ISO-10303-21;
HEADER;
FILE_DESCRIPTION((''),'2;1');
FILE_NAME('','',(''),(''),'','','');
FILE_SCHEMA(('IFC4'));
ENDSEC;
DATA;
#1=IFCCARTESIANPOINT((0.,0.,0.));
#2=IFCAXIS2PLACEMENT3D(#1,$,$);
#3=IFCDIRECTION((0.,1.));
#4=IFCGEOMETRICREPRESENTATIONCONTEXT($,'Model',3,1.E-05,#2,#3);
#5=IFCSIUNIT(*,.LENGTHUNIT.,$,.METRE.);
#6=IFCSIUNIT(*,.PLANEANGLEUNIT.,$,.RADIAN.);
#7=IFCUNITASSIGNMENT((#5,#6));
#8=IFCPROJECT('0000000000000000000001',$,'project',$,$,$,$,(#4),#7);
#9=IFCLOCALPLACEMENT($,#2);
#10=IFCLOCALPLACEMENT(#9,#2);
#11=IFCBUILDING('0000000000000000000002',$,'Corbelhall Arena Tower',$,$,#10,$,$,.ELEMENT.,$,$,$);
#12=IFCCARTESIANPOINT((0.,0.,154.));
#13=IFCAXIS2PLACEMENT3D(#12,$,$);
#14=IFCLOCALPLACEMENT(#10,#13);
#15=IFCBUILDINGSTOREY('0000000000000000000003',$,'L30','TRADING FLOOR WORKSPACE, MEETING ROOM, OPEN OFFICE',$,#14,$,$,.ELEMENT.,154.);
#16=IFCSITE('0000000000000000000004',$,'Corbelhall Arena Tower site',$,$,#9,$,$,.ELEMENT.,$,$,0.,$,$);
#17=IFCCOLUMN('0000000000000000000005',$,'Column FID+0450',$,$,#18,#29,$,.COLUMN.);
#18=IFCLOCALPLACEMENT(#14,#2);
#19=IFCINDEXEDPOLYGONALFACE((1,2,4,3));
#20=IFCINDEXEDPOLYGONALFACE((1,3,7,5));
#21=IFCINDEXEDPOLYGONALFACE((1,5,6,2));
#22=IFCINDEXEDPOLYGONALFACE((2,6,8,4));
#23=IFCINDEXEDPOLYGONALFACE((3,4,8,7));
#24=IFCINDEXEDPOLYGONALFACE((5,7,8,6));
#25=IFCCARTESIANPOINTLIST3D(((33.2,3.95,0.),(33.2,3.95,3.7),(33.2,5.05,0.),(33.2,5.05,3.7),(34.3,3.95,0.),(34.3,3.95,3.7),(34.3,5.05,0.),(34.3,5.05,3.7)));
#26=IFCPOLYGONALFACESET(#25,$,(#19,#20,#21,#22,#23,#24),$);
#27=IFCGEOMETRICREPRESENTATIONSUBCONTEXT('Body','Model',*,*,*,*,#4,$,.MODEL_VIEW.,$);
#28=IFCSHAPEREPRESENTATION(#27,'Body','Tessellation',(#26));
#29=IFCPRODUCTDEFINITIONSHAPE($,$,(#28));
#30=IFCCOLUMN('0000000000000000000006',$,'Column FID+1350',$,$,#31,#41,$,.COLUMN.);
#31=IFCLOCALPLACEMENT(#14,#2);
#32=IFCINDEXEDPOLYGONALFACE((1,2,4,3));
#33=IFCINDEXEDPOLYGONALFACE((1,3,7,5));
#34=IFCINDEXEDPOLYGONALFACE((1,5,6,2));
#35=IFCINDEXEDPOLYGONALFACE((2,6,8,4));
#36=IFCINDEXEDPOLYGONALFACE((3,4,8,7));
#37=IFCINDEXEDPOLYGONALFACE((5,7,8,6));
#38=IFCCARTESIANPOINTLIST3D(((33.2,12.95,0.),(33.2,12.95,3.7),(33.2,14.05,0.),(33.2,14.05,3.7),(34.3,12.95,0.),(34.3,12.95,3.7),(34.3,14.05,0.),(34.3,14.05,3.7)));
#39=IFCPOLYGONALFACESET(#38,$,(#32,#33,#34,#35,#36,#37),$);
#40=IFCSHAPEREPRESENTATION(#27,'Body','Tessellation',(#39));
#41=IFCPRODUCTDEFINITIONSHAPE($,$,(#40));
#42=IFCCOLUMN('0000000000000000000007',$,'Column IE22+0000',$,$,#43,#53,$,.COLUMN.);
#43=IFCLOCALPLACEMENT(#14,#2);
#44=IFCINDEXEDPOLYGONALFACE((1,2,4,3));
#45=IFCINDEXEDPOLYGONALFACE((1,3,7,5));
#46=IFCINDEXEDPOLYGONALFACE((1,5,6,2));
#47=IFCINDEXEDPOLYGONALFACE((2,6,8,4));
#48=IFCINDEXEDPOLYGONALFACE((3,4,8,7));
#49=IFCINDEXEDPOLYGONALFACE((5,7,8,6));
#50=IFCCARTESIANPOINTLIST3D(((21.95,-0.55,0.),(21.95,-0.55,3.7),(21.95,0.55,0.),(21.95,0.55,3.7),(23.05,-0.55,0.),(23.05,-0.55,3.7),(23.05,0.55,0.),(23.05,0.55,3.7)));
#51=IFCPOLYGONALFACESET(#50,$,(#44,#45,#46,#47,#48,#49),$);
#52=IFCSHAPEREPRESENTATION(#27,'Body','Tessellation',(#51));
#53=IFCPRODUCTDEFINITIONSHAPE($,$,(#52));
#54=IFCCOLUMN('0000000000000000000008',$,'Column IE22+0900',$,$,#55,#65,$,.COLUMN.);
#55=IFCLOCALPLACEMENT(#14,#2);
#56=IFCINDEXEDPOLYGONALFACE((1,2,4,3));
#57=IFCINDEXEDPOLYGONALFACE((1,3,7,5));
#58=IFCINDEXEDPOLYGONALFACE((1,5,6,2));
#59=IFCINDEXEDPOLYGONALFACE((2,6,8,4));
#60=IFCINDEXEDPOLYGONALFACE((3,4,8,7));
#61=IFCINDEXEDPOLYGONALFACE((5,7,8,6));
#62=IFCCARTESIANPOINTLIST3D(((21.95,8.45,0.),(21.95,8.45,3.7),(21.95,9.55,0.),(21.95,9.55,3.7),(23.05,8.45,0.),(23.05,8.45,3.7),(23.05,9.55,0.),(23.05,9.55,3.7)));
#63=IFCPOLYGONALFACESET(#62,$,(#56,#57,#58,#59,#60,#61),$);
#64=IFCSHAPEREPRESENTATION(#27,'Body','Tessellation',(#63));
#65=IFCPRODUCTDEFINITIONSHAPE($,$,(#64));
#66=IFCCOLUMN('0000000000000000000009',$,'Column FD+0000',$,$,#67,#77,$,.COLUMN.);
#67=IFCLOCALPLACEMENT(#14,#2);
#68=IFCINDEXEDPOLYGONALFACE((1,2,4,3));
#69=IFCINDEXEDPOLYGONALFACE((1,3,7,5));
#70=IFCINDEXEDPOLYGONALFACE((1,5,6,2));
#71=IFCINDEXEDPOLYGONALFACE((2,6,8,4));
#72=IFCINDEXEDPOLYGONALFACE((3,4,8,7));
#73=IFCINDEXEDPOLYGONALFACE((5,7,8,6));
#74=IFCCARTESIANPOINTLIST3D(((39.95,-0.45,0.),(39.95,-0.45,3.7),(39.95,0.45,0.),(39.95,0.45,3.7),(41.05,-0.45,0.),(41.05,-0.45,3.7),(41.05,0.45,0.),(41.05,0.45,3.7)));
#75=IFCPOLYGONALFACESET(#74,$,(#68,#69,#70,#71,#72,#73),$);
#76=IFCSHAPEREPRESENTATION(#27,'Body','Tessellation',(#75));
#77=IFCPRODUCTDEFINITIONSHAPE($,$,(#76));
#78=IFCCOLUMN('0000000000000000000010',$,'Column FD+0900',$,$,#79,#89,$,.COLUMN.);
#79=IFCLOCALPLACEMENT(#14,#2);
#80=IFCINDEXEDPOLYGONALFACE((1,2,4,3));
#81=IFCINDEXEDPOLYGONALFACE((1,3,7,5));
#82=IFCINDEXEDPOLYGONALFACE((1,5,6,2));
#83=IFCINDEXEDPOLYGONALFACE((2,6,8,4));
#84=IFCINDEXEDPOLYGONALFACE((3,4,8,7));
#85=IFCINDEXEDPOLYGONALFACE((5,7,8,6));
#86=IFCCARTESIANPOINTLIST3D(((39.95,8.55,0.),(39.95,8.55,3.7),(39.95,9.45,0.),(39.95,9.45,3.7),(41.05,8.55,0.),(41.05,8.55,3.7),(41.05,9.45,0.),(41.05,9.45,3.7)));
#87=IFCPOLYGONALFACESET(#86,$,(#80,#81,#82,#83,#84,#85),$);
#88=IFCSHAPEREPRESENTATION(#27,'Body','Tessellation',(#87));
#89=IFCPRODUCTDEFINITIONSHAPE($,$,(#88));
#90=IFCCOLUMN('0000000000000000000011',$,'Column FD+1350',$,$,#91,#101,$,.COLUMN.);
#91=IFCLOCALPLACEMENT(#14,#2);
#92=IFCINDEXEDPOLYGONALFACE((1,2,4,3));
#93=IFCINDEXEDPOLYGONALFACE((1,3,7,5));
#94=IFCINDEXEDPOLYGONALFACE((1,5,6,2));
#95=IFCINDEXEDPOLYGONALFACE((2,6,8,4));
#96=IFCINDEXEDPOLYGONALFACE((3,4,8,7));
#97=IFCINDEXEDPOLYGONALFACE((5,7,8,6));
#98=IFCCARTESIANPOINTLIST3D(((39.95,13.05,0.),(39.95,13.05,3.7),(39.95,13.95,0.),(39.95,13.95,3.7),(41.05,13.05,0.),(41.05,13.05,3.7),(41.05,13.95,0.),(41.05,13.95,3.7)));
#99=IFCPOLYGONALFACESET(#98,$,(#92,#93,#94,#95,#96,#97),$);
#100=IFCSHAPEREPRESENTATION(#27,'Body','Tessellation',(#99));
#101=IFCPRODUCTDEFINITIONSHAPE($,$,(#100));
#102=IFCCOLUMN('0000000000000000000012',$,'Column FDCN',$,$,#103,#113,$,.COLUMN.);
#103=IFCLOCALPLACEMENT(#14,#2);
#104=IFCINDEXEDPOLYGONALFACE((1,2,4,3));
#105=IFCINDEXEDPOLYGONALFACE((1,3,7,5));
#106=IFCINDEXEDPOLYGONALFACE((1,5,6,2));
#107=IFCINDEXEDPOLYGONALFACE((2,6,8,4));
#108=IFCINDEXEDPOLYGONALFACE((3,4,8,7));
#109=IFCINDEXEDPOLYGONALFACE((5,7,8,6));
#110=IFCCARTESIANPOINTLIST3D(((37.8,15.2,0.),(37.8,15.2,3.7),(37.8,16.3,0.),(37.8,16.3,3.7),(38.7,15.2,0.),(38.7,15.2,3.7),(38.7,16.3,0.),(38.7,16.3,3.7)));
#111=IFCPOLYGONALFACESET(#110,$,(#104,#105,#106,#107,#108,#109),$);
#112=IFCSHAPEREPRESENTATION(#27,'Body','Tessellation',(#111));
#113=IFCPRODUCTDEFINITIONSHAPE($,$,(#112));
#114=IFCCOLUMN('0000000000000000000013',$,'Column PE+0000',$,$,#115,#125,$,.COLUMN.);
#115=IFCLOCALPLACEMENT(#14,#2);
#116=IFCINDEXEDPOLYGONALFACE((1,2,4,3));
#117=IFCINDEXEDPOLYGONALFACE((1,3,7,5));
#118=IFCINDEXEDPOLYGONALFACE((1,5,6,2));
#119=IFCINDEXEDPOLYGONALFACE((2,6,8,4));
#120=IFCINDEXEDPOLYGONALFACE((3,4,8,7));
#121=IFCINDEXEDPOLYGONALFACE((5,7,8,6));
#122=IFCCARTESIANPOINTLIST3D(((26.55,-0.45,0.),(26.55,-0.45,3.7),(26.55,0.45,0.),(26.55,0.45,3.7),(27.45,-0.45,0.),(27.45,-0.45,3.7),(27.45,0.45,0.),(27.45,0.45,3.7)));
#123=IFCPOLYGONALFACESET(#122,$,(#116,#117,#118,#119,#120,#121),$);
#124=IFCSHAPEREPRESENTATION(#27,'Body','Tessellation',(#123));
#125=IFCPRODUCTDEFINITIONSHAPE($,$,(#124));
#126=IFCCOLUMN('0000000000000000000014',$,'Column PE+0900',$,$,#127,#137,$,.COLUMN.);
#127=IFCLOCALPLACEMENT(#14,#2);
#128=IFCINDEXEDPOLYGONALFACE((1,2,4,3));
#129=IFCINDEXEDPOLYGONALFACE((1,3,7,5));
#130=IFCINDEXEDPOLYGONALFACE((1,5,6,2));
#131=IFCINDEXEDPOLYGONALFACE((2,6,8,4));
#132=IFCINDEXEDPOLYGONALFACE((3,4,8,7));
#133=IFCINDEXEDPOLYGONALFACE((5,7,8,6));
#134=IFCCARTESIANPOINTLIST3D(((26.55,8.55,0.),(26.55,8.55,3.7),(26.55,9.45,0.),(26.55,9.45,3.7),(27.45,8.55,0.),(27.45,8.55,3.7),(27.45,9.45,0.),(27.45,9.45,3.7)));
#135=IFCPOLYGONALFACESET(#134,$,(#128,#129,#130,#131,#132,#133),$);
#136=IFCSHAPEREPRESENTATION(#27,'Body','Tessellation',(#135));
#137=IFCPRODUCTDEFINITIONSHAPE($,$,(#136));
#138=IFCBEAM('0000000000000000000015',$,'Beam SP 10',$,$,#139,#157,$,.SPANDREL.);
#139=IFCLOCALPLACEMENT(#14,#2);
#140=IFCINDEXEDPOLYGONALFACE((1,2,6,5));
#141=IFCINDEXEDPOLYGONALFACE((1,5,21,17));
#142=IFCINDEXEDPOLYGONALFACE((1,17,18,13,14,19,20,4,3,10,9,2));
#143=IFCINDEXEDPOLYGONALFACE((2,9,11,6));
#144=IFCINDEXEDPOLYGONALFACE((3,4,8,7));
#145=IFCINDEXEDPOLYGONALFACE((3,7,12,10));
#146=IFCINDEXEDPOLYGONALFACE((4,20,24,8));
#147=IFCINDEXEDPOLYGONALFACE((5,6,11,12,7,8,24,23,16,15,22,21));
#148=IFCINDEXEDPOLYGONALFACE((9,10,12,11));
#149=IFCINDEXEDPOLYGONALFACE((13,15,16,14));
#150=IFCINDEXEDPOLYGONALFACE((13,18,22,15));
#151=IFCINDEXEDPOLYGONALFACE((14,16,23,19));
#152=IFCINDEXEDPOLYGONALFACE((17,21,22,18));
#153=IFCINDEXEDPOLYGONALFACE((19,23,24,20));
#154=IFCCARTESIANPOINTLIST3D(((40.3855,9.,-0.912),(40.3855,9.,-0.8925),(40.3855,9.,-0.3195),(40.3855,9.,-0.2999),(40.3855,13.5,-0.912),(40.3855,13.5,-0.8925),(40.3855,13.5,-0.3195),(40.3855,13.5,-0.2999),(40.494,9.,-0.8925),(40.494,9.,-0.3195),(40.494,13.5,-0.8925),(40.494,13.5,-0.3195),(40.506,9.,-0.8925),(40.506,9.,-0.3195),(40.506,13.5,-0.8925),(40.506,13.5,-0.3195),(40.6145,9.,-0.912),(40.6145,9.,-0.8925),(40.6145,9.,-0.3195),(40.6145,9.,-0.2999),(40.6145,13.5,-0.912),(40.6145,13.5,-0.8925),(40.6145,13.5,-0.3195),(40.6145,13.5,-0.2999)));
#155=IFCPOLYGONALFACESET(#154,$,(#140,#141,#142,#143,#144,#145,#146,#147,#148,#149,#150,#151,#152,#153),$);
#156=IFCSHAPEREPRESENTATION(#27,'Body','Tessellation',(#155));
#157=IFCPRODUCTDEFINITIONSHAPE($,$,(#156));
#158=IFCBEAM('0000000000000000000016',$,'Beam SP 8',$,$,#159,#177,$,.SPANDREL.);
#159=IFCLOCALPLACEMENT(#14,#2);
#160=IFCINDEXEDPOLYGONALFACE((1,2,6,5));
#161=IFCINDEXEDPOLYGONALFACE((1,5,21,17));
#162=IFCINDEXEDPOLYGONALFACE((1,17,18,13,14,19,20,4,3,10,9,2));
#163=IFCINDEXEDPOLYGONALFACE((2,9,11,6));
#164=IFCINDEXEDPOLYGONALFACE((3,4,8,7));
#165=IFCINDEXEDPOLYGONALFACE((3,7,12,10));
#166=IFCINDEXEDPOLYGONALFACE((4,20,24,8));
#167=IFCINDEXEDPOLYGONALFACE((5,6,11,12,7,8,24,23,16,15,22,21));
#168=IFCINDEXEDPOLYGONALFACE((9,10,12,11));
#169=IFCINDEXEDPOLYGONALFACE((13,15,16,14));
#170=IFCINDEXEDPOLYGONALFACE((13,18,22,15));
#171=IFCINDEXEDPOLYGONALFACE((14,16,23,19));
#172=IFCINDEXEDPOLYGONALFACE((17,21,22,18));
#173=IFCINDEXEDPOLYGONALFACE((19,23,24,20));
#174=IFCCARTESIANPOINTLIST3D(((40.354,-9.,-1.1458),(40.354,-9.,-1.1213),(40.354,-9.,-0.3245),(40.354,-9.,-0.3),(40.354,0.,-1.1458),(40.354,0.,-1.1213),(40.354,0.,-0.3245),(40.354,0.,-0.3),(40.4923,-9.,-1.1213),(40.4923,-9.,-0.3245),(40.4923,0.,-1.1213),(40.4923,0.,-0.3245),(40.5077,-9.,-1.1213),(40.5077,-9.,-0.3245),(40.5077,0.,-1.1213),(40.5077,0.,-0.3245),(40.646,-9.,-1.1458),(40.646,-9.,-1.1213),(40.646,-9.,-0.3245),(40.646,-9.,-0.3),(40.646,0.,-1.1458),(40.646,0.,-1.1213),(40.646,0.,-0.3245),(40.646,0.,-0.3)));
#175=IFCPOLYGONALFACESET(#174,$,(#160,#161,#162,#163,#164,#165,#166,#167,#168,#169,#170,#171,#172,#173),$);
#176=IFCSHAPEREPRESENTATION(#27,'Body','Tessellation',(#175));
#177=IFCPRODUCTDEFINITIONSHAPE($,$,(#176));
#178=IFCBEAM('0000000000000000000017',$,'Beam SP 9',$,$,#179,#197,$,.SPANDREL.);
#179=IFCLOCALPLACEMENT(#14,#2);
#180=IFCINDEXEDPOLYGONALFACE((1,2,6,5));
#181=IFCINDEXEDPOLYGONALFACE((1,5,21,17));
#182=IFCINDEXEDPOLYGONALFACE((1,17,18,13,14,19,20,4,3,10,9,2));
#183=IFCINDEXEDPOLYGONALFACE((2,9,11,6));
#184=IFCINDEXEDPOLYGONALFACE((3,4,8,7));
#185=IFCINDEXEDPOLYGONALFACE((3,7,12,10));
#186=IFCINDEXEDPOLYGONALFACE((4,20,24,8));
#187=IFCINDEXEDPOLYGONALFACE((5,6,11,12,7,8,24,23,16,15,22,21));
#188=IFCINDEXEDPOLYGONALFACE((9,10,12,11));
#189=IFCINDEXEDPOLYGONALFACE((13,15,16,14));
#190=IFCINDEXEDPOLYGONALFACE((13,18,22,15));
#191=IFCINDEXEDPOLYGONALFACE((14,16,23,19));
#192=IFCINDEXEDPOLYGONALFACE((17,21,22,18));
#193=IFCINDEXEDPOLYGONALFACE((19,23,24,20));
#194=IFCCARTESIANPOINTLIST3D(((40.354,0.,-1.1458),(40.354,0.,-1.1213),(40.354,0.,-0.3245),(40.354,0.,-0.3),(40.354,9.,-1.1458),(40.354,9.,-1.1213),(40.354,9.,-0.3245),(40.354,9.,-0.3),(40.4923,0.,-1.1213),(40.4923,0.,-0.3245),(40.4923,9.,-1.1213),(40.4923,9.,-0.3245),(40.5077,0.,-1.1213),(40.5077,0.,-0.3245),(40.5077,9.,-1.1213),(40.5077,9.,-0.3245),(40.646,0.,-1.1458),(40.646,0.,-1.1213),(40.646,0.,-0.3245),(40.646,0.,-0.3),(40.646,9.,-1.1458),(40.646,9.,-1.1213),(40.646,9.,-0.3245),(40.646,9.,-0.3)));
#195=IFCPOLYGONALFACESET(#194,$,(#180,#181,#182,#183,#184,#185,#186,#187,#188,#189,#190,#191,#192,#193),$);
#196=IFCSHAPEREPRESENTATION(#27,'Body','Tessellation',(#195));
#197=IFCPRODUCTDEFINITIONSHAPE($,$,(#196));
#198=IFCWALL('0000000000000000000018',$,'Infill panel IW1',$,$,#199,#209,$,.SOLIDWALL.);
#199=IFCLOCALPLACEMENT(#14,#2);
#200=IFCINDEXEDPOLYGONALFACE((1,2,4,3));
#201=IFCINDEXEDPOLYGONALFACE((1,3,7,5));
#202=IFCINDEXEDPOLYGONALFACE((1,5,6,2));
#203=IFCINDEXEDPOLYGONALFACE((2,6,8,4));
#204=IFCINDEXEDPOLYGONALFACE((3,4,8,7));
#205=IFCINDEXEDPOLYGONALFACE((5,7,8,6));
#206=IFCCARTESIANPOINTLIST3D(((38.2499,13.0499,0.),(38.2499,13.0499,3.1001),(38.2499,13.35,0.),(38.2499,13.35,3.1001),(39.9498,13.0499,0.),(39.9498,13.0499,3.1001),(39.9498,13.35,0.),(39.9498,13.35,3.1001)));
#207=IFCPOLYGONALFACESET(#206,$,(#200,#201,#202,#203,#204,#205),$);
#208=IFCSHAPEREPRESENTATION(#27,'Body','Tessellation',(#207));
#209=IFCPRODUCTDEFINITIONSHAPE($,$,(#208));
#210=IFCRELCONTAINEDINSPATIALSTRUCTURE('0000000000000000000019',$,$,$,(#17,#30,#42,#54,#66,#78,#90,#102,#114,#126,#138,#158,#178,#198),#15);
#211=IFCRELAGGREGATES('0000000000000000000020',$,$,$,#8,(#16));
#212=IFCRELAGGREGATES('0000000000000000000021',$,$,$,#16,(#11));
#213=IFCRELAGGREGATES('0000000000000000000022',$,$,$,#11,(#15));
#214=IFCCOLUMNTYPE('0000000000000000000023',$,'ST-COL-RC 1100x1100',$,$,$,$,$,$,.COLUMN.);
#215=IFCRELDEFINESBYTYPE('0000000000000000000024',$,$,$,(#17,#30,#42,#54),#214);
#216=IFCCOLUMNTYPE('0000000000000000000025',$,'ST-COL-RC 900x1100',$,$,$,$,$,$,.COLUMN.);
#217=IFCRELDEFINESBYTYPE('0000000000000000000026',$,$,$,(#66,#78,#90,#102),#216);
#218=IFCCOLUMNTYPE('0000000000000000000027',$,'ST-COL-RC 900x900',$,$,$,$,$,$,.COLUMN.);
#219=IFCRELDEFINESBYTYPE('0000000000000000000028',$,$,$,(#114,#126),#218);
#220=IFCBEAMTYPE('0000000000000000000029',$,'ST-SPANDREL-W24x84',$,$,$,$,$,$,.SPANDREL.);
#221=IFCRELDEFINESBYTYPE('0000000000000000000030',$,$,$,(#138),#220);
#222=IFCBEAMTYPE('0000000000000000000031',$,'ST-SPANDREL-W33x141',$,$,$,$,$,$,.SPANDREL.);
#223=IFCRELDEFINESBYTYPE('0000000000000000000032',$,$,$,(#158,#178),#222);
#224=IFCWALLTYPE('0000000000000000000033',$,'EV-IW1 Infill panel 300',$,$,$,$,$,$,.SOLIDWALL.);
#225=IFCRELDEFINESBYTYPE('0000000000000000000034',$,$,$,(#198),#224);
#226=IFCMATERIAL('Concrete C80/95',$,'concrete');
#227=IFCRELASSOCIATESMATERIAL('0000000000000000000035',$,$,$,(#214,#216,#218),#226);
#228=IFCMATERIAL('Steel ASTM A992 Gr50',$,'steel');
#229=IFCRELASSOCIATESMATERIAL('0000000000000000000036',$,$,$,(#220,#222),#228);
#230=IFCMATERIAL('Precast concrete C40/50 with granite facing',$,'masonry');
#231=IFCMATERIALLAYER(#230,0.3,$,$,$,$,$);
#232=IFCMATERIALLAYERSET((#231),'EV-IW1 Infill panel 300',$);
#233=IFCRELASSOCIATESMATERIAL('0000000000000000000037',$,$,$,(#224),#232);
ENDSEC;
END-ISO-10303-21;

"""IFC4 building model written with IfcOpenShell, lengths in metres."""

from ifc_helpers import new_model, si_unit, direction, frame, frame_2d, origin, origin_2d, place, context, subcontext, project, spatial, rectangle, i_section, extrude, material, layer, layer_set, material_profile, profile_set, type_object, element, save


model = new_model("IFC4")

# Units and contexts
model_context = context("Model", 3, precision=1e-05, world=origin(), true_north=direction((0.0, 1.0)))
body_context = subcontext(model_context, "Body", "Model", "MODEL_VIEW")
ifc_project = project(units=[si_unit("LENGTHUNIT", "METRE"), si_unit("PLANEANGLEUNIT", "RADIAN")], contexts=[model_context])

# Site, building, storey
site_placement = place(None, origin())
site = spatial("IfcSite", under=ifc_project, at=site_placement, Name="Corbelhall Arena Tower site", CompositionType="ELEMENT", RefElevation=0.0)
building_placement = place(site_placement, origin())
building = spatial("IfcBuilding", under=site, at=building_placement, Name="Corbelhall Arena Tower", CompositionType="ELEMENT")
storey_placement = place(building_placement, frame((0.0, 0.0, 154.0)))
storey = spatial("IfcBuildingStorey", under=building, at=storey_placement, Name="L30", Description="TRADING FLOOR WORKSPACE, MEETING ROOM, OPEN OFFICE", CompositionType="ELEMENT", Elevation=154.0)

# Columns
ifc_material_1 = material(Name="Concrete C80/95", Category="concrete")
ifc_material_profile_1 = material_profile(ifc_material_1, rectangle(XDim=1.1001, YDim=1.1001, at=origin_2d()))
ifc_profile_set_1 = profile_set([ifc_material_profile_1], Name="Concrete C80/95")
column_type_1 = type_object("IfcColumnType", Name="ST-COL-RC 1100x1100", PredefinedType="COLUMN", material=ifc_profile_set_1)
for number, where, z_axis, x_axis, name in (
    (1, (33.75, 4.5, 0.0), (0.0, 0.0, 1.0), (1.0, 0.0, 0.0), "Column FID+0450"),
    (2, (33.75, 13.5, 0.0), (0.0, 0.0, 1.0), (1.0, 0.0, 0.0), "Column FID+1350"),
    (3, (22.5, 0.0, 0.0), (0.0, 0.0, 1.0), (1.0, 0.0, 0.0), "Column IE22+0000"),
    (4, (22.5, 9.0, 0.0), (0.0, 0.0, 1.0), (1.0, 0.0, 0.0), "Column IE22+0900"),
):
    element("IfcColumn", number, at=place(storey_placement, frame(where, z_axis=z_axis, x_axis=x_axis)), inside=storey, type_object=column_type_1, Name=name, PredefinedType="COLUMN", context=body_context, shape_type="SweptSolid", body=[
        extrude(rectangle(XDim=1.1001, YDim=1.1001, at=origin_2d()), origin(), (0.0, 0.0, 1.0), 3.7),
    ])
ifc_material_profile_2 = material_profile(ifc_material_1, rectangle(XDim=0.8999, YDim=1.1001, at=origin_2d()))
ifc_profile_set_2 = profile_set([ifc_material_profile_2], Name="Concrete C80/95")
column_type_2 = type_object("IfcColumnType", Name="ST-COL-RC 900x1100", PredefinedType="COLUMN", material=ifc_profile_set_2)
for number, where, z_axis, x_axis, name in (
    (5, (40.5, 0.0, 0.0), (0.0, 0.0, 1.0), (0.0, 1.0, 0.0), "Column FD+0000"),
    (6, (40.5, 9.0, 0.0), (0.0, 0.0, 1.0), (0.0, 1.0, 0.0), "Column FD+0900"),
    (7, (40.5, 13.5, 0.0), (0.0, 0.0, 1.0), (0.0, 1.0, 0.0), "Column FD+1350"),
    (8, (38.25, 15.75, 0.0), (0.0, 0.0, 1.0), (1.0, 0.0, 0.0), "Column FDCN"),
):
    element("IfcColumn", number, at=place(storey_placement, frame(where, z_axis=z_axis, x_axis=x_axis)), inside=storey, type_object=column_type_2, Name=name, PredefinedType="COLUMN", context=body_context, shape_type="SweptSolid", body=[
        extrude(rectangle(XDim=0.8999, YDim=1.1001, at=origin_2d()), origin(), (0.0, 0.0, 1.0), 3.7),
    ])
ifc_material_profile_3 = material_profile(ifc_material_1, rectangle(XDim=0.8999, YDim=0.8999, at=origin_2d()))
ifc_profile_set_3 = profile_set([ifc_material_profile_3], Name="Concrete C80/95")
column_type_3 = type_object("IfcColumnType", Name="ST-COL-RC 900x900", PredefinedType="COLUMN", material=ifc_profile_set_3)
for number, where, z_axis, x_axis, name in (
    (9, (27.0, 0.0, 0.0), (0.0, 0.0, 1.0), (1.0, 0.0, 0.0), "Column PE+0000"),
    (10, (27.0, 9.0, 0.0), (0.0, 0.0, 1.0), (1.0, 0.0, 0.0), "Column PE+0900"),
):
    element("IfcColumn", number, at=place(storey_placement, frame(where, z_axis=z_axis, x_axis=x_axis)), inside=storey, type_object=column_type_3, Name=name, PredefinedType="COLUMN", context=body_context, shape_type="SweptSolid", body=[
        extrude(rectangle(XDim=0.8999, YDim=0.8999, at=origin_2d()), origin(), (0.0, 0.0, 1.0), 3.7),
    ])

# Beams
ifc_material_2 = material(Name="Steel ASTM A992 Gr50", Category="steel")
ifc_material_profile_4 = material_profile(ifc_material_2, i_section(OverallWidth=0.229, OverallDepth=0.6121, WebThickness=0.012, FlangeThickness=0.0195, at=origin_2d()))
ifc_profile_set_4 = profile_set([ifc_material_profile_4], Name="Steel ASTM A992 Gr50")
beam_type_1 = type_object("IfcBeamType", Name="ST-SPANDREL-W24x84", PredefinedType="SPANDREL", material=ifc_profile_set_4)
beam_placement = place(storey_placement, frame((40.5, 13.5, -0.606), z_axis=(0.0, -1.0, 0.0), x_axis=(1.0, 0.0, 0.0)))
element("IfcBeam", 11, at=beam_placement, inside=storey, type_object=beam_type_1, Name="Beam SP 10", PredefinedType="SPANDREL", context=body_context, shape_type="SweptSolid", body=[
    extrude(i_section(OverallWidth=0.229, OverallDepth=0.6121, WebThickness=0.012, FlangeThickness=0.0195, at=origin_2d()), origin(), (0.0, 0.0, 1.0), 4.5),
])
ifc_material_profile_5 = material_profile(ifc_material_2, i_section(OverallWidth=0.292, OverallDepth=0.8457, WebThickness=0.0154, FlangeThickness=0.0244, at=origin_2d()))
ifc_profile_set_5 = profile_set([ifc_material_profile_5], Name="Steel ASTM A992 Gr50")
beam_type_2 = type_object("IfcBeamType", Name="ST-SPANDREL-W33x141", PredefinedType="SPANDREL", material=ifc_profile_set_5)
for number, where, z_axis, x_axis, name in (
    (12, (40.5, 0.0, -0.7229), (0.0, -1.0, 0.0), (1.0, 0.0, 0.0), "Beam SP 8"),
    (13, (40.5, 9.0, -0.7229), (0.0, -1.0, 0.0), (1.0, 0.0, 0.0), "Beam SP 9"),
):
    element("IfcBeam", number, at=place(storey_placement, frame(where, z_axis=z_axis, x_axis=x_axis)), inside=storey, type_object=beam_type_2, Name=name, PredefinedType="SPANDREL", context=body_context, shape_type="SweptSolid", body=[
        extrude(i_section(OverallWidth=0.292, OverallDepth=0.8457, WebThickness=0.0154, FlangeThickness=0.0244, at=origin_2d()), origin(), (0.0, 0.0, 1.0), 9.0),
    ])

# Wall
ifc_material_3 = material(Name="Precast concrete C40/50 with granite facing", Category="masonry")
ifc_layer_1 = layer(ifc_material_3, 0.3)
ifc_layer_set_1 = layer_set([ifc_layer_1], Name="EV-IW1 Infill panel 300")
wall_type_1 = type_object("IfcWallType", Name="EV-IW1 Infill panel 300", PredefinedType="SOLIDWALL", material=ifc_layer_set_1)
wall_1_placement = place(storey_placement, frame((39.95, 13.2, 0.0), z_axis=(0.0, 0.0, 1.0), x_axis=(-1.0, 0.0, 0.0)))
element("IfcWall", 14, at=wall_1_placement, inside=storey, type_object=wall_type_1, Name="Infill panel IW1", PredefinedType="SOLIDWALL", context=body_context, shape_type="SweptSolid", body=[
    extrude(rectangle(XDim=1.7, YDim=0.3, at=frame_2d((0.8501, 0.0))), origin(), (0.0, 0.0, 1.0), 3.1001),
])

save(model, "model.ifc")
